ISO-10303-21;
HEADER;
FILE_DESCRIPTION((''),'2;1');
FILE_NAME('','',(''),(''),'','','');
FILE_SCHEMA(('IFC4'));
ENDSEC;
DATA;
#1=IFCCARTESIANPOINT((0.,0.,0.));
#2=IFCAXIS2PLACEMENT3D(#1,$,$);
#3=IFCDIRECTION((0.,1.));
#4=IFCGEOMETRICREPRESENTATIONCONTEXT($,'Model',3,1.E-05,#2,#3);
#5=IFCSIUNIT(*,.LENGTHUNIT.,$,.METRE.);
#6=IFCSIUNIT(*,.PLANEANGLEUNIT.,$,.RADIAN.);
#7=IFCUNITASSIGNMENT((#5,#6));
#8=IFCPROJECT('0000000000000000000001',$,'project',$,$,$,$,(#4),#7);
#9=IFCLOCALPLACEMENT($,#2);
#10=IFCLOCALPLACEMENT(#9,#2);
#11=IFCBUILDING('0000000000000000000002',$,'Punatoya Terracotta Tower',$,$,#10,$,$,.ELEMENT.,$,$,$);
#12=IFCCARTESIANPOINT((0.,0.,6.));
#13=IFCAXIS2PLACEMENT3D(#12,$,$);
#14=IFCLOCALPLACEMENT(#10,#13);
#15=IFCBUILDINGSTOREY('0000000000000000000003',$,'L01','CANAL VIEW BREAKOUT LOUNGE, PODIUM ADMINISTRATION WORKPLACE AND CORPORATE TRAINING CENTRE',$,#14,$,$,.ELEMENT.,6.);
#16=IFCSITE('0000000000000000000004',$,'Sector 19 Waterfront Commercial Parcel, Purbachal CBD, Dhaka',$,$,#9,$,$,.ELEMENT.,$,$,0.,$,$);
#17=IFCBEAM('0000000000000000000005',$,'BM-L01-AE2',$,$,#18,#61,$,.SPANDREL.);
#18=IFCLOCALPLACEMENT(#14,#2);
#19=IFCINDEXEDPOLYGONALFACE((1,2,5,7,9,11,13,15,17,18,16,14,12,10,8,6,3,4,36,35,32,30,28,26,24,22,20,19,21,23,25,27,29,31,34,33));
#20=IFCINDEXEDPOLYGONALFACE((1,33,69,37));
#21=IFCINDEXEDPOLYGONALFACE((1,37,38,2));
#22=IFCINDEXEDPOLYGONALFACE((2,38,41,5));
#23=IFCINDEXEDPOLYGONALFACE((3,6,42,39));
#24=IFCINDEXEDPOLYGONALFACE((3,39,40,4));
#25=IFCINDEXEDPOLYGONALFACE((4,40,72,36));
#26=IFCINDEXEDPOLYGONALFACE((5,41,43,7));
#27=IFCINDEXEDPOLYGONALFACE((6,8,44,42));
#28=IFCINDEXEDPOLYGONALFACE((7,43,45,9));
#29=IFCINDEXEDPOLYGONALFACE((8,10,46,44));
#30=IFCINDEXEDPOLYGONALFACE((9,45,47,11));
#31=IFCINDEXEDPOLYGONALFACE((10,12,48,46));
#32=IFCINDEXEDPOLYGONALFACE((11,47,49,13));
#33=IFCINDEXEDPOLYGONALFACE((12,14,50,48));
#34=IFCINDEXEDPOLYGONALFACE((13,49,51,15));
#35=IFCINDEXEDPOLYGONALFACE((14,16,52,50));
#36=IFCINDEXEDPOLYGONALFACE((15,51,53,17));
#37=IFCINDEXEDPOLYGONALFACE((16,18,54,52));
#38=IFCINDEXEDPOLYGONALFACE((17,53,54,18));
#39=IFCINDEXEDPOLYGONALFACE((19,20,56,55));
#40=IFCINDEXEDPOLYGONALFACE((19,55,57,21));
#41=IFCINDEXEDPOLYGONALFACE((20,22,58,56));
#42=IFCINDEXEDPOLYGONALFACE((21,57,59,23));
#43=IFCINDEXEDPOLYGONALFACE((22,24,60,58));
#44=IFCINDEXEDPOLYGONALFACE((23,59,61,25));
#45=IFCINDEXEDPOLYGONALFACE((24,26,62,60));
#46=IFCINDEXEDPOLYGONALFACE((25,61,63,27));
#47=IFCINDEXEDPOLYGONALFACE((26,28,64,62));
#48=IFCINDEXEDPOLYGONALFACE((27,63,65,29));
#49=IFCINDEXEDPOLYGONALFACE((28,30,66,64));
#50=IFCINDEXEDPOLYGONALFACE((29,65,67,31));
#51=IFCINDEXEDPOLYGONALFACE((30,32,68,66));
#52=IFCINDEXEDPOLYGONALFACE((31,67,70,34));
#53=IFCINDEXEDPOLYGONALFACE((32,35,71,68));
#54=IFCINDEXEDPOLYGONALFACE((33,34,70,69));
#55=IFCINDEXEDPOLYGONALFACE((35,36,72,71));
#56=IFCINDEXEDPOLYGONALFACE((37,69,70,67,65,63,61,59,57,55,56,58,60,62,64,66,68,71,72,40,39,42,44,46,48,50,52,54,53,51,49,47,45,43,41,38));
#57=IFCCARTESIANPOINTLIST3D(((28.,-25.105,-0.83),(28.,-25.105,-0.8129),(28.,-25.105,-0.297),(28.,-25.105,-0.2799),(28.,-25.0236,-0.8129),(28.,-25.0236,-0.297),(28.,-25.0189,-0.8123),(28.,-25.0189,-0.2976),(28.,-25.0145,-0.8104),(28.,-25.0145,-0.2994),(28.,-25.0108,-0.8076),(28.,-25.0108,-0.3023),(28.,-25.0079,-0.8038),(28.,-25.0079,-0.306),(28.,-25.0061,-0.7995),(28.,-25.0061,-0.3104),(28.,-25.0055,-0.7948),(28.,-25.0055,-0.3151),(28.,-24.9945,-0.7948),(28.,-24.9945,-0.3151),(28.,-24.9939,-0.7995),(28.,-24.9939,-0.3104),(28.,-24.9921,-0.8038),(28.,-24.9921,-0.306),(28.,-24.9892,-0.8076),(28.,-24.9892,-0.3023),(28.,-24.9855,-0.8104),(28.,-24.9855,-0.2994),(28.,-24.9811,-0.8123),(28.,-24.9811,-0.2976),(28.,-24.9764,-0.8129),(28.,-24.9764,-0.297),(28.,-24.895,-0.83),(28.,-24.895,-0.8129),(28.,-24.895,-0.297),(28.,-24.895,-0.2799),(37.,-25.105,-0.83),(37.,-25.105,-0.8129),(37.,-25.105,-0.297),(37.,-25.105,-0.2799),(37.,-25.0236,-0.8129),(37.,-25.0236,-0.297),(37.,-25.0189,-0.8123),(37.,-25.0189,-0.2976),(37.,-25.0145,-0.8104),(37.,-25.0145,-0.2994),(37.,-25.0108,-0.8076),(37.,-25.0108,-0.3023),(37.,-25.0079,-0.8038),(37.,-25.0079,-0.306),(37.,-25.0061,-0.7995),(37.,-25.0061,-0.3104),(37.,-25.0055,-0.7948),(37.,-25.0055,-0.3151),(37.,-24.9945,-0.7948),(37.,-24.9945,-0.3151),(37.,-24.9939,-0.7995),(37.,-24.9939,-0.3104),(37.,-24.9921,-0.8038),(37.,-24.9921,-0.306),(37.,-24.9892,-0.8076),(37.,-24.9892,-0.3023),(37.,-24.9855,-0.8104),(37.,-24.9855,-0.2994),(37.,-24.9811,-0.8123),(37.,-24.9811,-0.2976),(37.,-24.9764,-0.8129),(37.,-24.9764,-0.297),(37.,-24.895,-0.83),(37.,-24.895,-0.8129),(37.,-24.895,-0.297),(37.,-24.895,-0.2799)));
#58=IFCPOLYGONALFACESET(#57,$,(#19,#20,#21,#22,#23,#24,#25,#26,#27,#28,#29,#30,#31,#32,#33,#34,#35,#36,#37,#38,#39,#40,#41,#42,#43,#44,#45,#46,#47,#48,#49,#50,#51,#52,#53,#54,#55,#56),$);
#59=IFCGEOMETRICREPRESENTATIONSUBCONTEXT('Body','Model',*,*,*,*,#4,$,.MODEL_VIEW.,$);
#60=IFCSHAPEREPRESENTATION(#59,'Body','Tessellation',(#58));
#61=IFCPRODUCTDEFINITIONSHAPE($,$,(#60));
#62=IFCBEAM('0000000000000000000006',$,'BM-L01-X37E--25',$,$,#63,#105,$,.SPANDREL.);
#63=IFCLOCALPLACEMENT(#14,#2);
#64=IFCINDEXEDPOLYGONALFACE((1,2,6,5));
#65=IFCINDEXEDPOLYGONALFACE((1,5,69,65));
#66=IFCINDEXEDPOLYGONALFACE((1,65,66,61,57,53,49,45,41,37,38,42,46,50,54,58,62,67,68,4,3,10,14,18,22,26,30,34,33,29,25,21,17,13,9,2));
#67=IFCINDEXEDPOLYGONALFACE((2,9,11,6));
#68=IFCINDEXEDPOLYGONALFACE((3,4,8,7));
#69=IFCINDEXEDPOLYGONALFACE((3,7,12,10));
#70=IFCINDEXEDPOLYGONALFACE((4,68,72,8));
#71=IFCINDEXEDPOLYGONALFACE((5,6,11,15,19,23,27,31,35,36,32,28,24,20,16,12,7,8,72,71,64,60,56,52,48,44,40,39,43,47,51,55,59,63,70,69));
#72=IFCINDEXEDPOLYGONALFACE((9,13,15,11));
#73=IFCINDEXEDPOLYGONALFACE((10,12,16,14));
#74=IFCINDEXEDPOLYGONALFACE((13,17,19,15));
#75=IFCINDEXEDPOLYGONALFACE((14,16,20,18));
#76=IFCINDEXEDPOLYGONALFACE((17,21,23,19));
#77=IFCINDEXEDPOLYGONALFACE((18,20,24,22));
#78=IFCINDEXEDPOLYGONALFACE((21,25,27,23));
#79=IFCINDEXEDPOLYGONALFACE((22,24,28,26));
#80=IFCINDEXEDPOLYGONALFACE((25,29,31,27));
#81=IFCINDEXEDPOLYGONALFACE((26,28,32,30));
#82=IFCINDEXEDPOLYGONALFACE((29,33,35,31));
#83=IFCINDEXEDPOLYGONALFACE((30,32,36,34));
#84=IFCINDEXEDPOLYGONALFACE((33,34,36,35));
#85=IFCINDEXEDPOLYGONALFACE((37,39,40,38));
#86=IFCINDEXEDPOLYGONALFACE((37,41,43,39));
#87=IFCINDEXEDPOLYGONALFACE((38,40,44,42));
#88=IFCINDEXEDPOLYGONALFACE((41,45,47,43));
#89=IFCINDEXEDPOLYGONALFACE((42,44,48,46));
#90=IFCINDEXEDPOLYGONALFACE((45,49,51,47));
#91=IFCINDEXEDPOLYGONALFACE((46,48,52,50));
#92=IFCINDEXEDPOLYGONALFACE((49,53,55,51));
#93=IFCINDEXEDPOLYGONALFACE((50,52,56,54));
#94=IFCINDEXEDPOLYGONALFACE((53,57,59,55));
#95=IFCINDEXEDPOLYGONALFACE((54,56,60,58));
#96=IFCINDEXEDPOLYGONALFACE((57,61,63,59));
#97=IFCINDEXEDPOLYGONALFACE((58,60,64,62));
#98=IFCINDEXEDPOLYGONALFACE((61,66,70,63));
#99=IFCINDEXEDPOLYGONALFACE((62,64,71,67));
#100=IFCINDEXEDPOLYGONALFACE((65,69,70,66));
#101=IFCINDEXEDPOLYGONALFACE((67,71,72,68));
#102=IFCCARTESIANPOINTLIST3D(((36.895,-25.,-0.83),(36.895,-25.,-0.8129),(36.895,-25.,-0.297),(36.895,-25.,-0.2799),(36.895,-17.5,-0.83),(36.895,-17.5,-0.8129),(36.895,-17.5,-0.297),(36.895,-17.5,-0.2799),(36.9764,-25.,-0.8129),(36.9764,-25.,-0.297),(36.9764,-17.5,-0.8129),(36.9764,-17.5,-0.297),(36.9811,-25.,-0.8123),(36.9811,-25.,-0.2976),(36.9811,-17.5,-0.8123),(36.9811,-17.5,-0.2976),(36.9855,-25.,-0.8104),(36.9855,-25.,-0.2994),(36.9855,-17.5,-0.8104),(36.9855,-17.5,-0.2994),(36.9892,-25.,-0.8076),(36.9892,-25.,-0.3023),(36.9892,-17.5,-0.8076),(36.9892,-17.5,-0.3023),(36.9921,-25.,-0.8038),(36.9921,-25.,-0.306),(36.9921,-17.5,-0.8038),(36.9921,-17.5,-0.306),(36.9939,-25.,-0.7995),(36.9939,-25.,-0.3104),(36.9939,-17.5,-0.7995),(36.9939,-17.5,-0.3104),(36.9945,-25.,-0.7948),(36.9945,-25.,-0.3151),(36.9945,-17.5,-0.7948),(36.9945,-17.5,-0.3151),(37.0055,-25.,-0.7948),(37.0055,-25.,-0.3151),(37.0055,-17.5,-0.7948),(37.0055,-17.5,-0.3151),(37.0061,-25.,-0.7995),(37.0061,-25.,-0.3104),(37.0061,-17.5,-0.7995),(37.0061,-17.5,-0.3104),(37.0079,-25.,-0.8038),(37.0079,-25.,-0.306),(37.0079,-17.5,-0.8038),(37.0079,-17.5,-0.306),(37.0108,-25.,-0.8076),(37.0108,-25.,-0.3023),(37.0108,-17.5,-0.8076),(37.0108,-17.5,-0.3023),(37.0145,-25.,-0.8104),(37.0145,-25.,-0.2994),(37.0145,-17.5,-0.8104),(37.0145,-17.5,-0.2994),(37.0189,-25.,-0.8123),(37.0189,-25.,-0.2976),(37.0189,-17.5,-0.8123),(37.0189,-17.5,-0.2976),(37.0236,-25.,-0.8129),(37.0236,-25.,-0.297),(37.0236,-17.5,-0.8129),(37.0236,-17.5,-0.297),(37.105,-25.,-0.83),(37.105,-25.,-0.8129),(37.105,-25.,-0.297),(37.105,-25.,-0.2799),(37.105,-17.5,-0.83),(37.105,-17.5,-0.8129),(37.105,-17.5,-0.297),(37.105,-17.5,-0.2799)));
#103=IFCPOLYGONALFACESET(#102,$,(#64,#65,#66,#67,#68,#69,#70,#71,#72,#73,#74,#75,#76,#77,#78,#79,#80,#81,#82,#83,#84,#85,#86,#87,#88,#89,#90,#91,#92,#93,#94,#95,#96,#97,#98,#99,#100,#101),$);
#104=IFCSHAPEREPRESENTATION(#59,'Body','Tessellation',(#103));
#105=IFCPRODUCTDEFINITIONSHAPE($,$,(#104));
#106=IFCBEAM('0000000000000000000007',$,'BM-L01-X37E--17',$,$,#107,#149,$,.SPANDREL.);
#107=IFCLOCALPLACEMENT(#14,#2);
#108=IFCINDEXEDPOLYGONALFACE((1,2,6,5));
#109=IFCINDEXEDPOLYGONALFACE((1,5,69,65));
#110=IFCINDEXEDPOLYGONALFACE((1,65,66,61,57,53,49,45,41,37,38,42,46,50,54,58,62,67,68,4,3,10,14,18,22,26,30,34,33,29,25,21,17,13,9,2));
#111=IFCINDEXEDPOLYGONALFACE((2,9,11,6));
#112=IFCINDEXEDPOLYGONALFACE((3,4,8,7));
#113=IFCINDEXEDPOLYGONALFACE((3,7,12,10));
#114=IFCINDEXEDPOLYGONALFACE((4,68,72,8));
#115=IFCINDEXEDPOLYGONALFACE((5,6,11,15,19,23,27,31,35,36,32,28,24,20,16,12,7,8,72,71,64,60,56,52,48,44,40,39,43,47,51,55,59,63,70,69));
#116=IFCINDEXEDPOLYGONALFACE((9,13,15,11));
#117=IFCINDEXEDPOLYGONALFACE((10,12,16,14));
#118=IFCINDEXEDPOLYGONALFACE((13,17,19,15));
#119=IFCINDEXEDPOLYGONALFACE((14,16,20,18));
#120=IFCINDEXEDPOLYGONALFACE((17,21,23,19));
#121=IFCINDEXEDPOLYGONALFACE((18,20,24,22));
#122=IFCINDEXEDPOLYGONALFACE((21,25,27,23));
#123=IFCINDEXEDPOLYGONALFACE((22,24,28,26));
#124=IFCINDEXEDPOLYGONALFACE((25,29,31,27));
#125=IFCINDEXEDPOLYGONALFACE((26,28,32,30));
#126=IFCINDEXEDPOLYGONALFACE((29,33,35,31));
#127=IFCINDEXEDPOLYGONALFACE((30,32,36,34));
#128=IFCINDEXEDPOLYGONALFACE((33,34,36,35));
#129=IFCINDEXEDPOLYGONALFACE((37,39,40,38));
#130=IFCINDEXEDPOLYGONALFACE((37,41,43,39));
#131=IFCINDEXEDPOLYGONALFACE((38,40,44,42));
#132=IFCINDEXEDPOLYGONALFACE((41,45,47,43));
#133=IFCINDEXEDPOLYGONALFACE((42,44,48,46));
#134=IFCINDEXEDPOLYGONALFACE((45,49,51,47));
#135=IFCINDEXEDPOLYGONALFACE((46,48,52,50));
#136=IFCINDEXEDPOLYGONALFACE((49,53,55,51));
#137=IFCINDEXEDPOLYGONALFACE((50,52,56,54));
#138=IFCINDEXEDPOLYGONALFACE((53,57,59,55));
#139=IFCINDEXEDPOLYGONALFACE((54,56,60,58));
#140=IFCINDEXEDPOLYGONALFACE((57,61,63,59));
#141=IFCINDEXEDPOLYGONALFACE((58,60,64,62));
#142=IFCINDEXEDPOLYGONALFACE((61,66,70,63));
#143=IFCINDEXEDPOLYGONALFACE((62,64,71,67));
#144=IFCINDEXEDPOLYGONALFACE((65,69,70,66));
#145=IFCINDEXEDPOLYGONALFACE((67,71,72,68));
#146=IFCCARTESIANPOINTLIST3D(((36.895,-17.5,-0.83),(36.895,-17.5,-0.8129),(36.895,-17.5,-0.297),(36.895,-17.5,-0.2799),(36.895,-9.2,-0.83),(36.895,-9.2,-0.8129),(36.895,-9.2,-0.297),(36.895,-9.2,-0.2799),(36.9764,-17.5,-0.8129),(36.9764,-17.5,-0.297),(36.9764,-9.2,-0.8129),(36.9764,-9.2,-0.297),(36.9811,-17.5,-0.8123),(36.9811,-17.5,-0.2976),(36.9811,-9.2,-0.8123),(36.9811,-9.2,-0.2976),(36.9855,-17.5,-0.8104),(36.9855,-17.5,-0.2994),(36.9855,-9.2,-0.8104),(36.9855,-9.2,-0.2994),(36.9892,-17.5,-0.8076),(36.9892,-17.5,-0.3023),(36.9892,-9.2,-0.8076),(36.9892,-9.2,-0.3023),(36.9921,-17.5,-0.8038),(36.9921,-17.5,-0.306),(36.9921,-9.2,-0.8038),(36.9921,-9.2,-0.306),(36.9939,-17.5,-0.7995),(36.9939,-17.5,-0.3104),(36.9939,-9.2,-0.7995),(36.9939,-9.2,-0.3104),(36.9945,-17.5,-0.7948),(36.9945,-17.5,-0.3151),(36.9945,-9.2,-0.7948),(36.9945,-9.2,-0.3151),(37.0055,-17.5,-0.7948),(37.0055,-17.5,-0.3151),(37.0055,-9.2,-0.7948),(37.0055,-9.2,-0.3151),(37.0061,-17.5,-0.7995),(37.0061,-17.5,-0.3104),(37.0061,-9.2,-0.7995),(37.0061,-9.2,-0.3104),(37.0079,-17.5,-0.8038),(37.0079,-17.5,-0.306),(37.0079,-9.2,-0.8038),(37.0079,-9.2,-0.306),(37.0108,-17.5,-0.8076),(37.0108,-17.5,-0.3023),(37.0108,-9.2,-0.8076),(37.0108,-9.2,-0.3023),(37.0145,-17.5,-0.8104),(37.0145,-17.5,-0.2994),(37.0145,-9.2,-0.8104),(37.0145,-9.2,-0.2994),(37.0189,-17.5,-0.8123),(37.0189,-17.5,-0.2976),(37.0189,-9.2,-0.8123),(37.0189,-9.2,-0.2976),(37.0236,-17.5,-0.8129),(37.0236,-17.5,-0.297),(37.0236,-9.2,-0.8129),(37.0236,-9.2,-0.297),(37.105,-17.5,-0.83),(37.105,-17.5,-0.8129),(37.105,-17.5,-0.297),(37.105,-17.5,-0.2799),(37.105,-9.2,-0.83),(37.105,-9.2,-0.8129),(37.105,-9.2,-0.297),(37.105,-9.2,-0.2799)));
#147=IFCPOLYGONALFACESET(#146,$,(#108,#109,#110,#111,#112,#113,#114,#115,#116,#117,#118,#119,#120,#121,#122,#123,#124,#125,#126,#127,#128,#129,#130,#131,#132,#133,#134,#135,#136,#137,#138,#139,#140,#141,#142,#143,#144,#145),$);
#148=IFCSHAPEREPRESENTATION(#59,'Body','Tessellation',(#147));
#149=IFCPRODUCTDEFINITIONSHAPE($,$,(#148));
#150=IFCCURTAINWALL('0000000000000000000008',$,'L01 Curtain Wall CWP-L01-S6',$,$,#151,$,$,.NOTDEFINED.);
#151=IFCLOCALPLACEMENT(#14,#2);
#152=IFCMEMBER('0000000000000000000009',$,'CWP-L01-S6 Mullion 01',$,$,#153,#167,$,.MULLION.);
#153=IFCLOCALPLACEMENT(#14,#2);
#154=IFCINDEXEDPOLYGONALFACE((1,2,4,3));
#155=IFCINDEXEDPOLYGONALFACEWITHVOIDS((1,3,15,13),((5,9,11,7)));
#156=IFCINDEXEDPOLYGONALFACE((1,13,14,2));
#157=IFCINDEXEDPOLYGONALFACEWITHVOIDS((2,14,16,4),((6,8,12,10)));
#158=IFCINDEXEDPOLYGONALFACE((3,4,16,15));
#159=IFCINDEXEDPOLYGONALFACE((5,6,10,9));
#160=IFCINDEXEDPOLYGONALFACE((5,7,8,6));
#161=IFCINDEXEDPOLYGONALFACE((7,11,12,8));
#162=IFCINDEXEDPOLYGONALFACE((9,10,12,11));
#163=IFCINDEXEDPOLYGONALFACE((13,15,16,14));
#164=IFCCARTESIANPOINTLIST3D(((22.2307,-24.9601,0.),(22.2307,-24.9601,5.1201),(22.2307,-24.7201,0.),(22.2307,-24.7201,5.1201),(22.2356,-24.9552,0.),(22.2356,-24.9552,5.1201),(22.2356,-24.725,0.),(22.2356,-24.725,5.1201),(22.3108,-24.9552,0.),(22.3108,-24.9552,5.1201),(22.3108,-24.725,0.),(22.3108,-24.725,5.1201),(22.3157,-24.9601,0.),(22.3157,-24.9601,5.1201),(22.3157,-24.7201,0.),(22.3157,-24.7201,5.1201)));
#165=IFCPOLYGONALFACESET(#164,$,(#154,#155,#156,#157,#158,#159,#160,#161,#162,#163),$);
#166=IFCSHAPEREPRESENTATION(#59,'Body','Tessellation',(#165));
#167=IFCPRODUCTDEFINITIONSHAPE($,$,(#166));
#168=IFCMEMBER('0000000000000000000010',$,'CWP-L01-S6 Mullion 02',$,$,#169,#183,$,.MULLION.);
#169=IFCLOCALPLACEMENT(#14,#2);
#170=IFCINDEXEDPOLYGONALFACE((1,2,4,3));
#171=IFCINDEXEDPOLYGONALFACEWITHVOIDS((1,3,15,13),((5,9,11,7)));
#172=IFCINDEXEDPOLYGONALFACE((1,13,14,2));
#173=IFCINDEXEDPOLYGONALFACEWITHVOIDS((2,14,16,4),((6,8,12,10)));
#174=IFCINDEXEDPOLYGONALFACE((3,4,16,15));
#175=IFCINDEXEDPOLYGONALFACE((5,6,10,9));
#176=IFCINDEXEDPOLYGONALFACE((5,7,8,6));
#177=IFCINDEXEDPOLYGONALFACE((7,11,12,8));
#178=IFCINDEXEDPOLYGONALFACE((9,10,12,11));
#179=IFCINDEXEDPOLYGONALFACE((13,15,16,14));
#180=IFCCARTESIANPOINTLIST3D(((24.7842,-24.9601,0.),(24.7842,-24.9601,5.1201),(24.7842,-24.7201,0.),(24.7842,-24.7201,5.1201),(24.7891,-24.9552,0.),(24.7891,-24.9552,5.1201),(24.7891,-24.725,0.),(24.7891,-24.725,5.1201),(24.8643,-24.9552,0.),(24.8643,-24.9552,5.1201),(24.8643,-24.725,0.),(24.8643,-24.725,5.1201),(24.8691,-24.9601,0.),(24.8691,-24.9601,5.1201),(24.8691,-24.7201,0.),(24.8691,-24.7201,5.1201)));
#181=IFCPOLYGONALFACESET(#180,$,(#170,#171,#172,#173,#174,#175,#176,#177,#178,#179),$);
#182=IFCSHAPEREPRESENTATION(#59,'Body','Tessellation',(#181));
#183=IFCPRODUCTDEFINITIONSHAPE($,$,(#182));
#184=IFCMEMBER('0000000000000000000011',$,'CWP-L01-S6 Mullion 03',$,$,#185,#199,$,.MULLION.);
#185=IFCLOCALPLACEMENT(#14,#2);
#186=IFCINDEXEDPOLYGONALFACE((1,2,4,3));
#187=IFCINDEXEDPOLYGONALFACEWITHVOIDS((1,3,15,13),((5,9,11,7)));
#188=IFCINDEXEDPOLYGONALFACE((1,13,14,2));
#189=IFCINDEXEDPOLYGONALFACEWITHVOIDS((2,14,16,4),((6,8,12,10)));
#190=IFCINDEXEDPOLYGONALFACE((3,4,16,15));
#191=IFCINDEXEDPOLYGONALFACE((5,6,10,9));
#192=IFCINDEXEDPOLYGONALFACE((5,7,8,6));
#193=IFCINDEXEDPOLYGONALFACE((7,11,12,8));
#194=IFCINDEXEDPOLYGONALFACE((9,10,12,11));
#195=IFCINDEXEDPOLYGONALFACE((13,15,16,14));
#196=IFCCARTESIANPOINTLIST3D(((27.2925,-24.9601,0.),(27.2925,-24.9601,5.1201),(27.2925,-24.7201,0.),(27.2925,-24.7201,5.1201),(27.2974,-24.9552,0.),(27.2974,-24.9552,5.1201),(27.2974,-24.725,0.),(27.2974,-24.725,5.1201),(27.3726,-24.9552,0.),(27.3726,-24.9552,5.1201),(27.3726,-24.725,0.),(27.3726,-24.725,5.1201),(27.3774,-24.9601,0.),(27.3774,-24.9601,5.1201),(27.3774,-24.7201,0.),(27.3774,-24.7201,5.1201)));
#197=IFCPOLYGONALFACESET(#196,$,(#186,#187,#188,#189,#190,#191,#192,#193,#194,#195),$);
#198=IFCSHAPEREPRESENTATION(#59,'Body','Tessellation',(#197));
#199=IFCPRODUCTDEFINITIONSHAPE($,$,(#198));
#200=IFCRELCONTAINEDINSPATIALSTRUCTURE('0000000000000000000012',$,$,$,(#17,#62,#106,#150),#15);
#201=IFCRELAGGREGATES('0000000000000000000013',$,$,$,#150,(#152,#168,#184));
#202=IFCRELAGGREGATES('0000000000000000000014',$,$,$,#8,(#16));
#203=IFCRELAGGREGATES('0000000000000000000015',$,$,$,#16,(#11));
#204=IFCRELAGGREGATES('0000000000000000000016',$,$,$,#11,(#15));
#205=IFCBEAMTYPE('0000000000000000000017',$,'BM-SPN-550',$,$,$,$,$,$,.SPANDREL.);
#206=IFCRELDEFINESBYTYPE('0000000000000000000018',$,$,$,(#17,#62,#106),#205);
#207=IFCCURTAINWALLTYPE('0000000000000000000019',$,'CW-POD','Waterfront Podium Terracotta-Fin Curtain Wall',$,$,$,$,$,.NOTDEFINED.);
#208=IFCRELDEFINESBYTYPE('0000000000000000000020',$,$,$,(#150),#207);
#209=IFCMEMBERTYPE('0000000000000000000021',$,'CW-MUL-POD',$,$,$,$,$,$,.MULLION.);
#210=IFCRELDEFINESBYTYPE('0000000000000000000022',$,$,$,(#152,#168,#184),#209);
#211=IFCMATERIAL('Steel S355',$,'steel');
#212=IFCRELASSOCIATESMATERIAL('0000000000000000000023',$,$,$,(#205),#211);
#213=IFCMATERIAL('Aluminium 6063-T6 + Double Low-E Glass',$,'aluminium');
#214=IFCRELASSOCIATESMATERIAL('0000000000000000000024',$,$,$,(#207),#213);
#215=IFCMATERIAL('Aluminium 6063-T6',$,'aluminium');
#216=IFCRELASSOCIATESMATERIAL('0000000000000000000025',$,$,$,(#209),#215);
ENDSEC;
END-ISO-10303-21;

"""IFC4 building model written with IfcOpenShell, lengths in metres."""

from ifc_helpers import new_model, si_unit, direction, frame, origin, origin_2d, place, context, subcontext, project, spatial, hollow_rectangle, i_section, extrude, material, material_profile, profile_set, type_object, element, aggregate, save


model = new_model("IFC4")

# Units and contexts
model_context = context("Model", 3, precision=1e-05, world=origin(), true_north=direction((0.0, 1.0)))
body_context = subcontext(model_context, "Body", "Model", "MODEL_VIEW")
ifc_project = project(units=[si_unit("LENGTHUNIT", "METRE"), si_unit("PLANEANGLEUNIT", "RADIAN")], contexts=[model_context])

# Site, building, storey
site_placement = place(None, origin())
site = spatial("IfcSite", under=ifc_project, at=site_placement, Name="Sector 19 Waterfront Commercial Parcel, Purbachal CBD, Dhaka", CompositionType="ELEMENT", RefElevation=0.0)
building_placement = place(site_placement, origin())
building = spatial("IfcBuilding", under=site, at=building_placement, Name="Punatoya Terracotta Tower", CompositionType="ELEMENT")
storey_placement = place(building_placement, frame((0.0, 0.0, 6.0)))
storey = spatial("IfcBuildingStorey", under=building, at=storey_placement, Name="L01", Description="CANAL VIEW BREAKOUT LOUNGE, PODIUM ADMINISTRATION WORKPLACE AND CORPORATE TRAINING CENTRE", CompositionType="ELEMENT", Elevation=6.0)

# Beams
ifc_material_1 = material(Name="Steel S355", Category="steel")
ifc_material_profile_1 = material_profile(ifc_material_1, i_section(OverallWidth=0.21, OverallDepth=0.55, WebThickness=0.011, FlangeThickness=0.0171, FilletRadius=0.0181, at=origin_2d()))
ifc_profile_set_1 = profile_set([ifc_material_profile_1], Name="Steel S355")
beam_type_1 = type_object("IfcBeamType", Name="BM-SPN-550", PredefinedType="SPANDREL", material=ifc_profile_set_1)
beam_1_placement = place(storey_placement, frame((28.0, -25.0, -0.5549), z_axis=(1.0, 0.0, 0.0), x_axis=(0.0, 1.0, 0.0)))
element("IfcBeam", 1, at=beam_1_placement, inside=storey, type_object=beam_type_1, Name="BM-L01-AE2", PredefinedType="SPANDREL", context=body_context, shape_type="SweptSolid", body=[
    extrude(i_section(OverallWidth=0.21, OverallDepth=0.55, WebThickness=0.011, FlangeThickness=0.0171, FilletRadius=0.0181, at=origin_2d()), origin(), (0.0, 0.0, 1.0), 9.0),
])
beam_2_placement = place(storey_placement, frame((37.0, -25.0, -0.5549), z_axis=(0.0, 1.0, 0.0), x_axis=(-1.0, 0.0, 0.0)))
element("IfcBeam", 2, at=beam_2_placement, inside=storey, type_object=beam_type_1, Name="BM-L01-X37E--25", PredefinedType="SPANDREL", context=body_context, shape_type="SweptSolid", body=[
    extrude(i_section(OverallWidth=0.21, OverallDepth=0.55, WebThickness=0.011, FlangeThickness=0.0171, FilletRadius=0.0181, at=origin_2d()), origin(), (0.0, 0.0, 1.0), 7.5),
])
beam_3_placement = place(storey_placement, frame((37.0, -17.5, -0.5549), z_axis=(0.0, 1.0, 0.0), x_axis=(-1.0, 0.0, 0.0)))
element("IfcBeam", 3, at=beam_3_placement, inside=storey, type_object=beam_type_1, Name="BM-L01-X37E--17", PredefinedType="SPANDREL", context=body_context, shape_type="SweptSolid", body=[
    extrude(i_section(OverallWidth=0.21, OverallDepth=0.55, WebThickness=0.011, FlangeThickness=0.0171, FilletRadius=0.0181, at=origin_2d()), origin(), (0.0, 0.0, 1.0), 8.3),
])

# Curtain wall, members
ifc_material_2 = material(Name="Aluminium 6063-T6 + Double Low-E Glass", Category="aluminium")
curtain_wall_type = type_object("IfcCurtainWallType", Name="CW-POD", Description="Waterfront Podium Terracotta-Fin Curtain Wall", PredefinedType="NOTDEFINED", material=ifc_material_2)
curtain_wall_1_placement = place(storey_placement, origin())
curtain_wall_1 = element("IfcCurtainWall", 4, at=curtain_wall_1_placement, inside=storey, type_object=curtain_wall_type, Name="L01 Curtain Wall CWP-L01-S6", PredefinedType="NOTDEFINED")
ifc_material_3 = material(Name="Aluminium 6063-T6", Category="aluminium")
ifc_material_profile_2 = material_profile(ifc_material_3, hollow_rectangle(XDim=0.085, YDim=0.24, WallThickness=0.0049, at=origin_2d()))
ifc_profile_set_2 = profile_set([ifc_material_profile_2], Name="Aluminium 6063-T6")
member_type_1 = type_object("IfcMemberType", Name="CW-MUL-POD", PredefinedType="MULLION", material=ifc_profile_set_2)
member_1_placement = place(storey_placement, frame((22.2732, -24.8401, 0.0), z_axis=(0.0, 0.0, 1.0), x_axis=(1.0, 0.0, 0.0)))
member_1 = element("IfcMember", 5, at=member_1_placement, type_object=member_type_1, Name="CWP-L01-S6 Mullion 01", PredefinedType="MULLION", context=body_context, shape_type="SweptSolid", body=[
    extrude(hollow_rectangle(XDim=0.085, YDim=0.24, WallThickness=0.0049, at=origin_2d()), origin(), (0.0, 0.0, 1.0), 5.1201),
])
member_2_placement = place(storey_placement, frame((24.8267, -24.8401, 0.0), z_axis=(0.0, 0.0, 1.0), x_axis=(1.0, 0.0, 0.0)))
member_2 = element("IfcMember", 6, at=member_2_placement, type_object=member_type_1, Name="CWP-L01-S6 Mullion 02", PredefinedType="MULLION", context=body_context, shape_type="SweptSolid", body=[
    extrude(hollow_rectangle(XDim=0.085, YDim=0.24, WallThickness=0.0049, at=origin_2d()), origin(), (0.0, 0.0, 1.0), 5.1201),
])
member_3_placement = place(storey_placement, frame((27.335, -24.8401, 0.0), z_axis=(0.0, 0.0, 1.0), x_axis=(1.0, 0.0, 0.0)))
member_3 = element("IfcMember", 7, at=member_3_placement, type_object=member_type_1, Name="CWP-L01-S6 Mullion 03", PredefinedType="MULLION", context=body_context, shape_type="SweptSolid", body=[
    extrude(hollow_rectangle(XDim=0.085, YDim=0.24, WallThickness=0.0049, at=origin_2d()), origin(), (0.0, 0.0, 1.0), 5.1201),
])

aggregate(curtain_wall_1, [member_1, member_2, member_3])

save(model, "model.ifc")
